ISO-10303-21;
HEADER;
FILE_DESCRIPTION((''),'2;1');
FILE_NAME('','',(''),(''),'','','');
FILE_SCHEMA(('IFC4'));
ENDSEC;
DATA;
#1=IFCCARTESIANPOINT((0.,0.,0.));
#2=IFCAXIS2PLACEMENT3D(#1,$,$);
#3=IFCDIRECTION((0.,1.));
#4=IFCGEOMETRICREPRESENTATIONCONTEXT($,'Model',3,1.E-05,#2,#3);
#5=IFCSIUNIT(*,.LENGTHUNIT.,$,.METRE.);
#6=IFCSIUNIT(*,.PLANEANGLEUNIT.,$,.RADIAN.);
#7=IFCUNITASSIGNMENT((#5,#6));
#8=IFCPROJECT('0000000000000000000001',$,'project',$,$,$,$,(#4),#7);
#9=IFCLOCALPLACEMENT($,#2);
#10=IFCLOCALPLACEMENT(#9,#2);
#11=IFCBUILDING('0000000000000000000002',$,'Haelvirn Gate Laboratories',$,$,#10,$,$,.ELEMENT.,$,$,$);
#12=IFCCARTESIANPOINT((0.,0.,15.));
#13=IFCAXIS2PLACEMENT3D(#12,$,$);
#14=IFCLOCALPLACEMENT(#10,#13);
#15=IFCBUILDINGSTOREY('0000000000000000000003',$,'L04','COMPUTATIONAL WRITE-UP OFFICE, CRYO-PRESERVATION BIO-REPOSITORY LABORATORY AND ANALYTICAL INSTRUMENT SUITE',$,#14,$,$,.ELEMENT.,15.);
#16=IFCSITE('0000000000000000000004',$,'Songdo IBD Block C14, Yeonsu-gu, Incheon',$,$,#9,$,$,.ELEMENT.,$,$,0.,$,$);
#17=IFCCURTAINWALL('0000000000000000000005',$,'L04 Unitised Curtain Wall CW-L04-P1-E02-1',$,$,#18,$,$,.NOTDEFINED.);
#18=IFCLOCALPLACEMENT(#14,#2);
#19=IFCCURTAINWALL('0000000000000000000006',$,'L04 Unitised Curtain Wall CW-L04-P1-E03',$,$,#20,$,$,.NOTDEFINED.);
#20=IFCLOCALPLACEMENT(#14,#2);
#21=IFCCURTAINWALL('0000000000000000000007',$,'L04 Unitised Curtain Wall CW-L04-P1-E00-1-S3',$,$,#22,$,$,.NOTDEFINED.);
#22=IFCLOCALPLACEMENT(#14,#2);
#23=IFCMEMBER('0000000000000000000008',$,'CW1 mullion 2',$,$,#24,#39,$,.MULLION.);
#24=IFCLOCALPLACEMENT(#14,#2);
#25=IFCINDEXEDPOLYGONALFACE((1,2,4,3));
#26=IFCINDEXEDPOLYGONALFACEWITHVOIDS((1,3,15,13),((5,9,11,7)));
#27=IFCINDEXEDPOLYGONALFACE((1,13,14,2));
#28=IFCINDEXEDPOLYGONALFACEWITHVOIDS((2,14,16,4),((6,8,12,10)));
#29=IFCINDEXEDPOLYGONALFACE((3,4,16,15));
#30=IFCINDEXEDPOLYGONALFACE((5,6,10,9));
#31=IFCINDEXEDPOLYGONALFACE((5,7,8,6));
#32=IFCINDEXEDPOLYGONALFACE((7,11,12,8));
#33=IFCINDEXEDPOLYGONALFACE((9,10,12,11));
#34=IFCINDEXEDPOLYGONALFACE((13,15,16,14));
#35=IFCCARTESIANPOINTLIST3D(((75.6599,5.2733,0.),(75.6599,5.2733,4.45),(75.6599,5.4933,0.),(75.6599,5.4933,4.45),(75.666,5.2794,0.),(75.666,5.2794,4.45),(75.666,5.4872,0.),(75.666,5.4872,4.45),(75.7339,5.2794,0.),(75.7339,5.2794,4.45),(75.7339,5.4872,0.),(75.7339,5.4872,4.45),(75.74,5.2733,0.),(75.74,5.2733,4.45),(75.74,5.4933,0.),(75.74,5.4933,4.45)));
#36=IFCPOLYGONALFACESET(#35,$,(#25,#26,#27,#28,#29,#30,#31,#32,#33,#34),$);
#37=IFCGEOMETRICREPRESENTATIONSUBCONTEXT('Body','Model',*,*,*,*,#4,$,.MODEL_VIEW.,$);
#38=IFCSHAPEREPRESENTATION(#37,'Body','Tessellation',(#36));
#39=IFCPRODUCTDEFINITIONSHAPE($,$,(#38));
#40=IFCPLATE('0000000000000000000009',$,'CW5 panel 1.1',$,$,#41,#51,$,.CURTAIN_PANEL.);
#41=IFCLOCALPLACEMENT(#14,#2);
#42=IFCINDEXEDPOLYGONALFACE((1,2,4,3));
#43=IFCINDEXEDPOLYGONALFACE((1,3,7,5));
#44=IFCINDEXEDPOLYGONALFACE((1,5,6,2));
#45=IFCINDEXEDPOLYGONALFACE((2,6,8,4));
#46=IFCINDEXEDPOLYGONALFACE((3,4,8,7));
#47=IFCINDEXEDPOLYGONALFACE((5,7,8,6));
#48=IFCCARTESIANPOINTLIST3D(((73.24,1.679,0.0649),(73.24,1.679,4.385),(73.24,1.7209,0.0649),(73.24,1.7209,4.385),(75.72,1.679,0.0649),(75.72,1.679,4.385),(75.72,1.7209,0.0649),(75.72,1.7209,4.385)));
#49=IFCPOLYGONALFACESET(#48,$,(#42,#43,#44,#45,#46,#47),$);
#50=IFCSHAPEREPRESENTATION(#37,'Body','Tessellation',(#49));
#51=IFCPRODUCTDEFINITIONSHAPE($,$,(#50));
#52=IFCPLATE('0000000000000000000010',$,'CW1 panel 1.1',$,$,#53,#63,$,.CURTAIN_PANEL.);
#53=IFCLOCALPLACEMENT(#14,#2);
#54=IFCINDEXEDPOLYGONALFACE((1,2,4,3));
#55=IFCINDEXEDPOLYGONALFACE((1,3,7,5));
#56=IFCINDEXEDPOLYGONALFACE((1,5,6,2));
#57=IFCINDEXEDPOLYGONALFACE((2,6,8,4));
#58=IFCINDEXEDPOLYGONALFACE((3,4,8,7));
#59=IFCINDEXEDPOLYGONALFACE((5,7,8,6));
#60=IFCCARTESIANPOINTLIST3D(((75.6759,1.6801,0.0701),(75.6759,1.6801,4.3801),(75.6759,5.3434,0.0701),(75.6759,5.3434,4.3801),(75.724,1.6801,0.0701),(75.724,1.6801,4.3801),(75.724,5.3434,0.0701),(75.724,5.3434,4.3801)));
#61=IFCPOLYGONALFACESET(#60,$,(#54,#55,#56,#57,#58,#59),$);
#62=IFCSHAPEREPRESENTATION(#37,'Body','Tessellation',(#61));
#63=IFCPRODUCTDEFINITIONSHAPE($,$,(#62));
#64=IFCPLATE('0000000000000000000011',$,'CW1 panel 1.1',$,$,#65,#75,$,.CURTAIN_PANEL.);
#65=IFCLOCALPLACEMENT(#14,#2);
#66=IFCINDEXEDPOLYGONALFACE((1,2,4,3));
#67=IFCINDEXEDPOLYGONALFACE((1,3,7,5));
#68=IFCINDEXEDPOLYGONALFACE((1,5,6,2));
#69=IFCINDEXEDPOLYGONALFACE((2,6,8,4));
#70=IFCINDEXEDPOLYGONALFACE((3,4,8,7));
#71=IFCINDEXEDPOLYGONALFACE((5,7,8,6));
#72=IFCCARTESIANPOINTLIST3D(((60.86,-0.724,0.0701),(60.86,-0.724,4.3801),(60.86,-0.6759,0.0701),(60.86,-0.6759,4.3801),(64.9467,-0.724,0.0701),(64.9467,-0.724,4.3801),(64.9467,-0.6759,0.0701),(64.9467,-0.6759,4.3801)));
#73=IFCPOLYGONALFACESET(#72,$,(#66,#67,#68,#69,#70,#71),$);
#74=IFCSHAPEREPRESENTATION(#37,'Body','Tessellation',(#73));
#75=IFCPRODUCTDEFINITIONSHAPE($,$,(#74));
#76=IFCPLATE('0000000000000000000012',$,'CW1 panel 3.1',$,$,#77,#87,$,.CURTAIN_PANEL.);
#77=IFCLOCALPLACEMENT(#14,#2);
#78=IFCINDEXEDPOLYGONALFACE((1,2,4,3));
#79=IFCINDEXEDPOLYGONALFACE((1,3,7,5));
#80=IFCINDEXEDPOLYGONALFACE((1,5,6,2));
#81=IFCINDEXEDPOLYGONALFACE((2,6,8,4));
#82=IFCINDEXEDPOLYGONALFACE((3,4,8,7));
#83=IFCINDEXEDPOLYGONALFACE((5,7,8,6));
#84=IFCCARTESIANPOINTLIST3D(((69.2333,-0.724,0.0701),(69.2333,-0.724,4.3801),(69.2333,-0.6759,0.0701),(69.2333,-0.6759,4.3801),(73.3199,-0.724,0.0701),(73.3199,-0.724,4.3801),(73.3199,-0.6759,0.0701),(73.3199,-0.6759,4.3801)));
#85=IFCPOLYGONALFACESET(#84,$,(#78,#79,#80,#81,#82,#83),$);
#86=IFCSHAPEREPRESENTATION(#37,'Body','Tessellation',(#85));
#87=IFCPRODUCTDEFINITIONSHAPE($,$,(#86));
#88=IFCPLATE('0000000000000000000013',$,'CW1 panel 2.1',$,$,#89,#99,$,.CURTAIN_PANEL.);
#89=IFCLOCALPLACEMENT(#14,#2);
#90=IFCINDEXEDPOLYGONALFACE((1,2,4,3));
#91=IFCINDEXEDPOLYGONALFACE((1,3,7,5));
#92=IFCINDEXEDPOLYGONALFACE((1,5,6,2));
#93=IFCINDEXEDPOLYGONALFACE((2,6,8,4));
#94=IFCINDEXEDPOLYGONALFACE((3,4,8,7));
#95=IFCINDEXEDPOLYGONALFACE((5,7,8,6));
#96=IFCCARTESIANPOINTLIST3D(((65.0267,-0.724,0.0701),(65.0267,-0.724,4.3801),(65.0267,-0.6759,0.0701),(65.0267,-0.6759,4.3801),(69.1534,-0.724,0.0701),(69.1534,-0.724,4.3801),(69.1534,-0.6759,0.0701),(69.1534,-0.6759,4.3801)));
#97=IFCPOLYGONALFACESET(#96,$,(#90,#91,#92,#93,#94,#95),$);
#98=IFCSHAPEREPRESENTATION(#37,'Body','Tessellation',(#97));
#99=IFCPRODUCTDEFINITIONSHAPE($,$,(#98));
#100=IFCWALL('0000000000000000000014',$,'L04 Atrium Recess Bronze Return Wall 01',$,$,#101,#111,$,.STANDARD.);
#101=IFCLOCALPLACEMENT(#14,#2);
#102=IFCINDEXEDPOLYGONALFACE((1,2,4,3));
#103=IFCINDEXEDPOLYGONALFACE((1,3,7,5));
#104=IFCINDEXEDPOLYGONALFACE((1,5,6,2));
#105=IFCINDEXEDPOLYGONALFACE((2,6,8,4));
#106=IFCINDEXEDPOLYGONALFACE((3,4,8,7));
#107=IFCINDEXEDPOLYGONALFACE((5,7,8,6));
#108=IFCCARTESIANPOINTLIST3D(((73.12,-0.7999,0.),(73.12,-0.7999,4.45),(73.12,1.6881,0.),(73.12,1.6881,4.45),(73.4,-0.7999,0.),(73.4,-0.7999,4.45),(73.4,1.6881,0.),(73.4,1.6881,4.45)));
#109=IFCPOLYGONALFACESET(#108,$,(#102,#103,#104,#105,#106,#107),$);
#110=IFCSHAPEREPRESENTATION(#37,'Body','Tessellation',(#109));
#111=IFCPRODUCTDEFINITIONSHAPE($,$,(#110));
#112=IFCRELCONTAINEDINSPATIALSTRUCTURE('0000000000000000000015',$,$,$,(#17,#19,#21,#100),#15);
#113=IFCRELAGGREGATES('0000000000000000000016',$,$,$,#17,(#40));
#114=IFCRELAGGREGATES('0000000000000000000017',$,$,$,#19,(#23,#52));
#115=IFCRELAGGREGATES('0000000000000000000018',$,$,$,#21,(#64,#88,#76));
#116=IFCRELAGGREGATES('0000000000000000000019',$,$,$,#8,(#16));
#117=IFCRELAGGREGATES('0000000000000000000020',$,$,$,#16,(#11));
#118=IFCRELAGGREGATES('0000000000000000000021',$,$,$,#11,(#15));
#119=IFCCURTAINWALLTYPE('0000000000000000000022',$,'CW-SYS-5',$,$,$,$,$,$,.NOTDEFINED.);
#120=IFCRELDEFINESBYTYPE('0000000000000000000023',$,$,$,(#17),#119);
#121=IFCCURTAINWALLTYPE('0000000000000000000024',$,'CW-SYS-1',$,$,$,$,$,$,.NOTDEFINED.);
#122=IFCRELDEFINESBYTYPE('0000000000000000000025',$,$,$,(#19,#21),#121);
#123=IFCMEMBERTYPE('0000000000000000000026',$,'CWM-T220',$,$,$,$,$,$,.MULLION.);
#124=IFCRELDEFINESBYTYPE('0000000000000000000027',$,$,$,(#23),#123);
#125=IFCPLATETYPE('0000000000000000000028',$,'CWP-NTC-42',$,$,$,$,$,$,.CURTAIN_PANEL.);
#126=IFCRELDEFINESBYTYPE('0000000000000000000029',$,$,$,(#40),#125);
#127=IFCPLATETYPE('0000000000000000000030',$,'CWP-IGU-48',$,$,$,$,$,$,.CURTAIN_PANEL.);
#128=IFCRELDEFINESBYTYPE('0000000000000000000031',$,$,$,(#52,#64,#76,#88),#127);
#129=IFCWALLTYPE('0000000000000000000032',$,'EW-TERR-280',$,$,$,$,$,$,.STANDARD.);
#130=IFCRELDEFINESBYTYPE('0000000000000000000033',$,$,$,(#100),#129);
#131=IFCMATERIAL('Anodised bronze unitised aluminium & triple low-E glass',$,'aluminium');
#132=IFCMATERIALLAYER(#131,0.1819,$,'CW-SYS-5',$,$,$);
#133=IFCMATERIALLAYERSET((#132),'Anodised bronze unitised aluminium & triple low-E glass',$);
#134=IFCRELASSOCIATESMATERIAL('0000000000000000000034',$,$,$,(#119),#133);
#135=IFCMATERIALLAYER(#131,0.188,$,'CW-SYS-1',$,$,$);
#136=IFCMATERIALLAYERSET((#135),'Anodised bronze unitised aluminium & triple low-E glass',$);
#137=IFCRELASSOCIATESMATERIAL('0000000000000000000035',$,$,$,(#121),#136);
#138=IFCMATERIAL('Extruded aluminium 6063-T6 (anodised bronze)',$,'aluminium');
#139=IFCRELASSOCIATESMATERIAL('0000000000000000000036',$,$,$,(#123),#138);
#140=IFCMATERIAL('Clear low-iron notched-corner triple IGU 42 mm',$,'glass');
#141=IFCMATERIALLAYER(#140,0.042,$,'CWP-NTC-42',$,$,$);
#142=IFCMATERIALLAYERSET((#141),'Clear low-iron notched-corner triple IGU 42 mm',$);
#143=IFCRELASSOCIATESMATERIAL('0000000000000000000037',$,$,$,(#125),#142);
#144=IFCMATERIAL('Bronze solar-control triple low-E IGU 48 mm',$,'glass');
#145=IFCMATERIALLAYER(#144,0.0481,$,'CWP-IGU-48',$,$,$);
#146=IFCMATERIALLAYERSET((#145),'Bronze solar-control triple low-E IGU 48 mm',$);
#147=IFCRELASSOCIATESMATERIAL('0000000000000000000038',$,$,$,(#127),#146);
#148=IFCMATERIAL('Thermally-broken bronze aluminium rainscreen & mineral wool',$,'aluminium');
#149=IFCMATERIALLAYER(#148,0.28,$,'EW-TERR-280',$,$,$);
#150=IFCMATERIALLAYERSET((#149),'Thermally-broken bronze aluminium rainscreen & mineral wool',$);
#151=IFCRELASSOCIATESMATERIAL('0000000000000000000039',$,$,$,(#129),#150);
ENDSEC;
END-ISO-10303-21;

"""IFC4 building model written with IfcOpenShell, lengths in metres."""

from ifc_helpers import new_model, si_unit, direction, frame, frame_2d, origin, origin_2d, place, context, subcontext, project, spatial, rectangle, hollow_rectangle, extrude, source, transform, mapped, material, layer, layer_set, material_profile, profile_set, type_object, type_shapes, element, aggregate, save


model = new_model("IFC4")

# Units and contexts
model_context = context("Model", 3, precision=1e-05, world=origin(), true_north=direction((0.0, 1.0)))
body_context = subcontext(model_context, "Body", "Model", "MODEL_VIEW")
ifc_project = project(units=[si_unit("LENGTHUNIT", "METRE"), si_unit("PLANEANGLEUNIT", "RADIAN")], contexts=[model_context])

# Site, building, storey
site_placement = place(None, origin())
site = spatial("IfcSite", under=ifc_project, at=site_placement, Name="Songdo IBD Block C14, Yeonsu-gu, Incheon", CompositionType="ELEMENT", RefElevation=0.0)
building_placement = place(site_placement, origin())
building = spatial("IfcBuilding", under=site, at=building_placement, Name="Haelvirn Gate Laboratories", CompositionType="ELEMENT")
storey_placement = place(building_placement, frame((0.0, 0.0, 15.0)))
storey = spatial("IfcBuildingStorey", under=building, at=storey_placement, Name="L04", Description="COMPUTATIONAL WRITE-UP OFFICE, CRYO-PRESERVATION BIO-REPOSITORY LABORATORY AND ANALYTICAL INSTRUMENT SUITE", CompositionType="ELEMENT", Elevation=15.0)

# Curtain walls
ifc_material_1 = material(Name="Anodised bronze unitised aluminium & triple low-E glass", Category="aluminium")
ifc_layer_1 = layer(ifc_material_1, 0.1819, Name="CW-SYS-5")
ifc_layer_set_1 = layer_set([ifc_layer_1], Name="Anodised bronze unitised aluminium & triple low-E glass")
curtain_wall_type_1 = type_object("IfcCurtainWallType", Name="CW-SYS-5", PredefinedType="NOTDEFINED", material=ifc_layer_set_1)
curtain_wall_1_placement = place(storey_placement, origin())
curtain_wall_1 = element("IfcCurtainWall", 1, at=curtain_wall_1_placement, inside=storey, type_object=curtain_wall_type_1, Name="L04 Unitised Curtain Wall CW-L04-P1-E02-1", PredefinedType="NOTDEFINED")
ifc_material_2 = material(Name="Extruded aluminium 6063-T6 (anodised bronze)", Category="aluminium")
ifc_layer_2 = layer(ifc_material_1, 0.188, Name="CW-SYS-1")
ifc_layer_set_2 = layer_set([ifc_layer_2], Name="Anodised bronze unitised aluminium & triple low-E glass")
curtain_wall_type_2 = type_object("IfcCurtainWallType", Name="CW-SYS-1", PredefinedType="NOTDEFINED", material=ifc_layer_set_2)
curtain_wall_2_placement = place(storey_placement, origin())
curtain_wall_2 = element("IfcCurtainWall", 2, at=curtain_wall_2_placement, inside=storey, type_object=curtain_wall_type_2, Name="L04 Unitised Curtain Wall CW-L04-P1-E03", PredefinedType="NOTDEFINED")
curtain_wall_3_placement = place(storey_placement, origin())
curtain_wall_3 = element("IfcCurtainWall", 3, at=curtain_wall_3_placement, inside=storey, type_object=curtain_wall_type_2, Name="L04 Unitised Curtain Wall CW-L04-P1-E00-1-S3", PredefinedType="NOTDEFINED")
ifc_material_profile_1 = material_profile(ifc_material_2, hollow_rectangle(XDim=0.0801, YDim=0.22, WallThickness=0.0061, at=origin_2d()), Name="CWM-220x80x6")
ifc_profile_set_1 = profile_set([ifc_material_profile_1], Name="Extruded aluminium 6063-T6 (anodised bronze)")
member_type_1 = type_object("IfcMemberType", Name="CWM-T220", PredefinedType="MULLION", material=ifc_profile_set_1)
shared_shape_1 = source(origin(), body_context, "Body", "SweptSolid", [
    extrude(hollow_rectangle(XDim=0.0801, YDim=0.22, WallThickness=0.0061, at=origin_2d()), origin(), (0.0, 0.0, 1.0), 4.45),
])
type_shapes(member_type_1, [shared_shape_1])

# Member
member_1_placement = place(storey_placement, frame((75.7, 5.3833, 0.0), z_axis=(0.0, 0.0, 1.0), x_axis=(-1.0, 0.0, 0.0)))
member_1 = element("IfcMember", 4, at=member_1_placement, type_object=member_type_1, Name="CW1 mullion 2", PredefinedType="MULLION", context=body_context, shape_type="MappedRepresentation", body=[
    mapped(shared_shape_1, transform((0.0, 0.0, 0.0), scale=1.0)),
])

# Plates
ifc_material_3 = material(Name="Clear low-iron notched-corner triple IGU 42 mm", Category="glass")
ifc_layer_3 = layer(ifc_material_3, 0.042, Name="CWP-NTC-42")
ifc_layer_set_3 = layer_set([ifc_layer_3], Name="Clear low-iron notched-corner triple IGU 42 mm")
plate_type_1 = type_object("IfcPlateType", Name="CWP-NTC-42", PredefinedType="CURTAIN_PANEL", material=ifc_layer_set_3)
shared_shape_2 = source(origin(), body_context, "Body", "SweptSolid", [
    extrude(rectangle(XDim=2.48, YDim=0.042, at=origin_2d()), origin(), (0.0, 0.0, 1.0), 4.3201),
])
type_shapes(plate_type_1, [shared_shape_2])
plate_1_placement = place(storey_placement, frame((74.48, 1.7, 0.0649), z_axis=(0.0, 0.0, 1.0), x_axis=(1.0, 0.0, 0.0)))
plate_1 = element("IfcPlate", 5, at=plate_1_placement, type_object=plate_type_1, Name="CW5 panel 1.1", PredefinedType="CURTAIN_PANEL", context=body_context, shape_type="MappedRepresentation", body=[
    mapped(shared_shape_2, transform((0.0, 0.0, 0.0), scale=1.0)),
])
aggregate(curtain_wall_1, [plate_1])
ifc_material_4 = material(Name="Bronze solar-control triple low-E IGU 48 mm", Category="glass")
ifc_layer_4 = layer(ifc_material_4, 0.0481, Name="CWP-IGU-48")
ifc_layer_set_4 = layer_set([ifc_layer_4], Name="Bronze solar-control triple low-E IGU 48 mm")
plate_type_2 = type_object("IfcPlateType", Name="CWP-IGU-48", PredefinedType="CURTAIN_PANEL", material=ifc_layer_set_4)
shared_shape_3 = source(origin(), body_context, "Body", "SweptSolid", [
    extrude(rectangle(XDim=3.6633, YDim=0.0481, at=origin_2d()), origin(), (0.0, 0.0, 1.0), 4.3101),
])
plate_2_placement = place(storey_placement, frame((75.7, 3.5117, 0.0701), z_axis=(0.0, 0.0, 1.0), x_axis=(0.0, 1.0, 0.0)))
plate_2 = element("IfcPlate", 6, at=plate_2_placement, type_object=plate_type_2, Name="CW1 panel 1.1", PredefinedType="CURTAIN_PANEL", context=body_context, shape_type="MappedRepresentation", body=[
    mapped(shared_shape_3, transform((0.0, 0.0, 0.0), scale=1.0)),
])
aggregate(curtain_wall_2, [member_1, plate_2])
shared_shape_4 = source(origin(), body_context, "Body", "SweptSolid", [
    extrude(rectangle(XDim=4.0867, YDim=0.0481, at=origin_2d()), origin(), (0.0, 0.0, 1.0), 4.3101),
])
plate_3_placement = place(storey_placement, frame((62.9033, -0.7, 0.0701), z_axis=(0.0, 0.0, 1.0), x_axis=(1.0, 0.0, 0.0)))
plate_3 = element("IfcPlate", 7, at=plate_3_placement, type_object=plate_type_2, Name="CW1 panel 1.1", PredefinedType="CURTAIN_PANEL", context=body_context, shape_type="MappedRepresentation", body=[
    mapped(shared_shape_4, transform((0.0, 0.0, 0.0), scale=1.0)),
])
plate_4_placement = place(storey_placement, frame((71.2766, -0.7, 0.0701), z_axis=(0.0, 0.0, 1.0), x_axis=(1.0, 0.0, 0.0)))
plate_4 = element("IfcPlate", 8, at=plate_4_placement, type_object=plate_type_2, Name="CW1 panel 3.1", PredefinedType="CURTAIN_PANEL", context=body_context, shape_type="MappedRepresentation", body=[
    mapped(shared_shape_4, transform((0.0, 0.0, 0.0), scale=1.0)),
])
shared_shape_5 = source(origin(), body_context, "Body", "SweptSolid", [
    extrude(rectangle(XDim=4.1267, YDim=0.0481, at=origin_2d()), origin(), (0.0, 0.0, 1.0), 4.3101),
])
type_shapes(plate_type_2, [shared_shape_3, shared_shape_4, shared_shape_5])
plate_5_placement = place(storey_placement, frame((67.0901, -0.7, 0.0701), z_axis=(0.0, 0.0, 1.0), x_axis=(1.0, 0.0, 0.0)))
plate_5 = element("IfcPlate", 9, at=plate_5_placement, type_object=plate_type_2, Name="CW1 panel 2.1", PredefinedType="CURTAIN_PANEL", context=body_context, shape_type="MappedRepresentation", body=[
    mapped(shared_shape_5, transform((0.0, 0.0, 0.0), scale=1.0)),
])
aggregate(curtain_wall_3, [plate_3, plate_5, plate_4])

# Wall
ifc_material_5 = material(Name="Thermally-broken bronze aluminium rainscreen & mineral wool", Category="aluminium")
ifc_layer_5 = layer(ifc_material_5, 0.28, Name="EW-TERR-280")
ifc_layer_set_5 = layer_set([ifc_layer_5], Name="Thermally-broken bronze aluminium rainscreen & mineral wool")
wall_type = type_object("IfcWallType", Name="EW-TERR-280", PredefinedType="STANDARD", material=ifc_layer_set_5)
wall_placement = place(storey_placement, frame((73.26, -0.8, 0.0), z_axis=(0.0, 0.0, 1.0), x_axis=(0.0, 1.0, 0.0)))
element("IfcWall", 10, at=wall_placement, inside=storey, type_object=wall_type, Name="L04 Atrium Recess Bronze Return Wall 01", PredefinedType="STANDARD", context=body_context, shape_type="SweptSolid", body=[
    extrude(rectangle(XDim=2.488, YDim=0.28, at=frame_2d((1.2441, 0.0))), origin(), (0.0, 0.0, 1.0), 4.45),
])

save(model, "model.ifc")
